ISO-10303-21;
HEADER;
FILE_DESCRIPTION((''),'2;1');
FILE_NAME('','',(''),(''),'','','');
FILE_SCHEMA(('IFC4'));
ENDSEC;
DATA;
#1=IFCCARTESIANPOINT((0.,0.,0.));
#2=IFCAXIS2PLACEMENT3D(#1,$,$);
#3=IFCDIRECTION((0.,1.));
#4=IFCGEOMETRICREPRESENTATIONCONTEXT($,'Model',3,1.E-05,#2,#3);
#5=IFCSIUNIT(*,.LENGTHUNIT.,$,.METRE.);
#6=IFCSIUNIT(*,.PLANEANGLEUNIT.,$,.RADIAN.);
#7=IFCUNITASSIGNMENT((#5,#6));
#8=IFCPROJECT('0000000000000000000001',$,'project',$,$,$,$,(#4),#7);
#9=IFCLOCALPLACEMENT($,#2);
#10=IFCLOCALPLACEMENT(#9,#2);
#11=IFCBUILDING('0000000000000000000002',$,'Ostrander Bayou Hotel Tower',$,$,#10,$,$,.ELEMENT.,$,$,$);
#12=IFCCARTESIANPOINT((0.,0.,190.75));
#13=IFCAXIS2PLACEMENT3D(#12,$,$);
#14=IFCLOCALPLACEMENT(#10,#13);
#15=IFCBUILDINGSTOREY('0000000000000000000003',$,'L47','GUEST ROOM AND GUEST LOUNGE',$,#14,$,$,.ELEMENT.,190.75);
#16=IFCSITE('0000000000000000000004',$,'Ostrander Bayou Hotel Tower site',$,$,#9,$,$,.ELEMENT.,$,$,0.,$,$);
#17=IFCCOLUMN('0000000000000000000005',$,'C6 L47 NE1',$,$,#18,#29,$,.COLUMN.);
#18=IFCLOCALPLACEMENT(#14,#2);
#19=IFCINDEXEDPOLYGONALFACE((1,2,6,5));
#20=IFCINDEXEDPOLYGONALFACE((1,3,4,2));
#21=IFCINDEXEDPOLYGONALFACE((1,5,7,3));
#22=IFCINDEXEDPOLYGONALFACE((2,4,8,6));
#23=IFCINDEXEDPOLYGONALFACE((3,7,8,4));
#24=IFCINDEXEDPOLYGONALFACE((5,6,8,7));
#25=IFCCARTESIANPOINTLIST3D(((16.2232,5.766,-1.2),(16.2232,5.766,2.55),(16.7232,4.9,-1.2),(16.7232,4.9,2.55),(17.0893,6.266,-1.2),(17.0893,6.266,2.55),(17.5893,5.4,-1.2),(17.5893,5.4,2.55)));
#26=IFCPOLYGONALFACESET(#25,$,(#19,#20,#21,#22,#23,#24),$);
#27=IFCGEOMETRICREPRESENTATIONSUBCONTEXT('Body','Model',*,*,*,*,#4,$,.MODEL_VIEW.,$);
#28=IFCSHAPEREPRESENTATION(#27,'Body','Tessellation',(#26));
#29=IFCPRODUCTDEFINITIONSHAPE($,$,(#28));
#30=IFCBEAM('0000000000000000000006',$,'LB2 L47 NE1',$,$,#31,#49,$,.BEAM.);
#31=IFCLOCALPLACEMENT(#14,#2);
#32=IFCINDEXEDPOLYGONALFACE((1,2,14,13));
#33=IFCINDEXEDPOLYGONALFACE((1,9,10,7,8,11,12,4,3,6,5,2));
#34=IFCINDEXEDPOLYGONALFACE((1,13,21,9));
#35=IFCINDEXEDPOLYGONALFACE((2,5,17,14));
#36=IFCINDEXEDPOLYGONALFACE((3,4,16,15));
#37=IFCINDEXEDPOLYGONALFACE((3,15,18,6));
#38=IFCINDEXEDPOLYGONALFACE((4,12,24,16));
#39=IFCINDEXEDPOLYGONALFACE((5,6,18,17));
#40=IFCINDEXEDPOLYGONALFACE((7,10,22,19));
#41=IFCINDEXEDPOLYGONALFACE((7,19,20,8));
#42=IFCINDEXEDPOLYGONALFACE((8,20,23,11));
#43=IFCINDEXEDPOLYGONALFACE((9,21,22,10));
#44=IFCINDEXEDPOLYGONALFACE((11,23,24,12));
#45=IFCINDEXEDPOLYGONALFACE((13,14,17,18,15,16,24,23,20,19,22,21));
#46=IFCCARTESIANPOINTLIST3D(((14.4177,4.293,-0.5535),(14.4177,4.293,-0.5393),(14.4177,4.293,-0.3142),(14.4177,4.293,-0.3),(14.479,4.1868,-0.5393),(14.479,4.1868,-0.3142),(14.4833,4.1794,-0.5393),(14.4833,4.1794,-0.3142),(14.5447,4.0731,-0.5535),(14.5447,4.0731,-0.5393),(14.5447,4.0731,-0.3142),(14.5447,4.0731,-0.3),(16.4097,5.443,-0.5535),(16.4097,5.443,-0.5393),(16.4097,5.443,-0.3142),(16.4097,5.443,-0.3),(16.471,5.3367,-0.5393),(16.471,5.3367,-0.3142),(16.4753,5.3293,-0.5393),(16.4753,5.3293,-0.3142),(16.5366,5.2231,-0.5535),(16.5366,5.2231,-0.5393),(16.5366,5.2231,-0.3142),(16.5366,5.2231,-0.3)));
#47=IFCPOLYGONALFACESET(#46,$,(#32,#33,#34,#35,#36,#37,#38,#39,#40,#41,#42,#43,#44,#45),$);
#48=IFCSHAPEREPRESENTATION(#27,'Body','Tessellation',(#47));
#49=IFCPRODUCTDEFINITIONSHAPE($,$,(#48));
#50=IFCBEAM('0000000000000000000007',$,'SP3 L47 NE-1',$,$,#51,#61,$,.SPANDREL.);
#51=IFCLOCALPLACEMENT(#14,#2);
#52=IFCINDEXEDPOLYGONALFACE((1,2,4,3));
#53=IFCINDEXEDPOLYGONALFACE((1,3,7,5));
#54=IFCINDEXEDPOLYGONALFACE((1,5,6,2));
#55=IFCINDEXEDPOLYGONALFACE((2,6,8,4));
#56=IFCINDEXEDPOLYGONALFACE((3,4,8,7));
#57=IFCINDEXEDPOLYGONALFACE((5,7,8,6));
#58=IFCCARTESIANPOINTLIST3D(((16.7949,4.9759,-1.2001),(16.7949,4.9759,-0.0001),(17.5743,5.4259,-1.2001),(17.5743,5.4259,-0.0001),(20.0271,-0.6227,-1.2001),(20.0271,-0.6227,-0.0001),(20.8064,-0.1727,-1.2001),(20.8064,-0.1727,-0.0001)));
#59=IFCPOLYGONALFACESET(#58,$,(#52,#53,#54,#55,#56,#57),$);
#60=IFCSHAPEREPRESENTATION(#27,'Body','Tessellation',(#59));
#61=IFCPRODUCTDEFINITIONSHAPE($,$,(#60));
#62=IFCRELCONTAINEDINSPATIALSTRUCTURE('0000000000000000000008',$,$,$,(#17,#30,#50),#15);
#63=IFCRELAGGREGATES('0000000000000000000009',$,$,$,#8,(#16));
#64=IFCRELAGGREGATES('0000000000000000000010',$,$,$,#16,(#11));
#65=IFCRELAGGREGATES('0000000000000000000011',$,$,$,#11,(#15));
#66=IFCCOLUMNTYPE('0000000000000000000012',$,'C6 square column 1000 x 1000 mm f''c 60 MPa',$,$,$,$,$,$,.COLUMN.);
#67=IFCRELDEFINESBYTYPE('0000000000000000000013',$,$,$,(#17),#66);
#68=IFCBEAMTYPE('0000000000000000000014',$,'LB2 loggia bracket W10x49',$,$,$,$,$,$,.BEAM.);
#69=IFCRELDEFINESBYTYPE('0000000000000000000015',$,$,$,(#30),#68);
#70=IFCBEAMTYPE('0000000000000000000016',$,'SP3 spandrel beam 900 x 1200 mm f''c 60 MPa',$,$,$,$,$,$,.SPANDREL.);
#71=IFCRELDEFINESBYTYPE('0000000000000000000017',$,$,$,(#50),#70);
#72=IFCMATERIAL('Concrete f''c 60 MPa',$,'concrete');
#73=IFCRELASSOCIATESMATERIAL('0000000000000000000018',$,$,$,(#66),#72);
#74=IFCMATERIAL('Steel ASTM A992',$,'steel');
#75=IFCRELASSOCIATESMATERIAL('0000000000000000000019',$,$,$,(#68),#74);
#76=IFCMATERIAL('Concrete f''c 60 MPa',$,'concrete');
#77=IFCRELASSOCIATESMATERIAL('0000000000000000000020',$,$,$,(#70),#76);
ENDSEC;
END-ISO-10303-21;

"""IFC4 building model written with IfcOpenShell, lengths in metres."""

from ifc_helpers import new_model, si_unit, direction, frame, origin, origin_2d, place, context, subcontext, project, spatial, rectangle, i_section, extrude, material, material_profile, profile_set, type_object, element, save


model = new_model("IFC4")

# Units and contexts
model_context = context("Model", 3, precision=1e-05, world=origin(), true_north=direction((0.0, 1.0)))
body_context = subcontext(model_context, "Body", "Model", "MODEL_VIEW")
ifc_project = project(units=[si_unit("LENGTHUNIT", "METRE"), si_unit("PLANEANGLEUNIT", "RADIAN")], contexts=[model_context])

# Site, building, storey
site_placement = place(None, origin())
site = spatial("IfcSite", under=ifc_project, at=site_placement, Name="Ostrander Bayou Hotel Tower site", CompositionType="ELEMENT", RefElevation=0.0)
building_placement = place(site_placement, origin())
building = spatial("IfcBuilding", under=site, at=building_placement, Name="Ostrander Bayou Hotel Tower", CompositionType="ELEMENT")
storey_placement = place(building_placement, frame((0.0, 0.0, 190.75)))
storey = spatial("IfcBuildingStorey", under=building, at=storey_placement, Name="L47", Description="GUEST ROOM AND GUEST LOUNGE", CompositionType="ELEMENT", Elevation=190.75)

# Column
ifc_material_1 = material(Name="Concrete f'c 60 MPa", Category="concrete")
ifc_material_profile_1 = material_profile(ifc_material_1, rectangle(XDim=1.0, YDim=1.0, at=origin_2d()))
ifc_profile_set_1 = profile_set([ifc_material_profile_1], Name="Concrete f'c 60 MPa")
column_type = type_object("IfcColumnType", Name="C6 square column 1000 x 1000 mm f'c 60 MPa", PredefinedType="COLUMN", material=ifc_profile_set_1)
column_placement = place(storey_placement, frame((16.9062, 5.583, -1.2), z_axis=(0.0, 0.0, 1.0), x_axis=(0.5, -0.866025, 0.0)))
element("IfcColumn", 1, at=column_placement, inside=storey, type_object=column_type, Name="C6 L47 NE1", PredefinedType="COLUMN", context=body_context, shape_type="SweptSolid", body=[
    extrude(rectangle(XDim=1.0, YDim=1.0, at=origin_2d()), origin(), (0.0, 0.0, 1.0), 3.75),
])

# Beams
ifc_material_2 = material(Name="Steel ASTM A992", Category="steel")
ifc_material_profile_2 = material_profile(ifc_material_2, i_section(OverallWidth=0.2539, OverallDepth=0.2534, WebThickness=0.0085, FlangeThickness=0.0142, at=origin_2d()))
ifc_profile_set_2 = profile_set([ifc_material_profile_2], Name="Steel ASTM A992")
beam_type_1 = type_object("IfcBeamType", Name="LB2 loggia bracket W10x49", PredefinedType="BEAM", material=ifc_profile_set_2)
beam_1_placement = place(storey_placement, frame((16.4731, 5.333, -0.4268), z_axis=(-0.866053, -0.499952, 0.0), x_axis=(0.499952, -0.866053, 0.0)))
element("IfcBeam", 2, at=beam_1_placement, inside=storey, type_object=beam_type_1, Name="LB2 L47 NE1", PredefinedType="BEAM", context=body_context, shape_type="SweptSolid", body=[
    extrude(i_section(OverallWidth=0.2539, OverallDepth=0.2534, WebThickness=0.0085, FlangeThickness=0.0142, at=origin_2d()), origin(), (0.0, 0.0, 1.0), 2.3),
])
ifc_material_3 = material(Name="Concrete f'c 60 MPa", Category="concrete")
ifc_material_profile_3 = material_profile(ifc_material_3, rectangle(XDim=0.8999, YDim=1.2, at=origin_2d()))
ifc_profile_set_3 = profile_set([ifc_material_profile_3], Name="Concrete f'c 60 MPa")
beam_type_2 = type_object("IfcBeamType", Name="SP3 spandrel beam 900 x 1200 mm f'c 60 MPa", PredefinedType="SPANDREL", material=ifc_profile_set_3)
beam_2_placement = place(storey_placement, frame((20.4167, -0.3977, -0.6001), z_axis=(-0.499977, 0.866038, 0.0), x_axis=(-0.866038, -0.499977, 0.0)))
element("IfcBeam", 3, at=beam_2_placement, inside=storey, type_object=beam_type_2, Name="SP3 L47 NE-1", PredefinedType="SPANDREL", context=body_context, shape_type="SweptSolid", body=[
    extrude(rectangle(XDim=0.8999, YDim=1.2, at=origin_2d()), origin(), (0.0, 0.0, 1.0), 6.4646),
])

save(model, "model.ifc")
